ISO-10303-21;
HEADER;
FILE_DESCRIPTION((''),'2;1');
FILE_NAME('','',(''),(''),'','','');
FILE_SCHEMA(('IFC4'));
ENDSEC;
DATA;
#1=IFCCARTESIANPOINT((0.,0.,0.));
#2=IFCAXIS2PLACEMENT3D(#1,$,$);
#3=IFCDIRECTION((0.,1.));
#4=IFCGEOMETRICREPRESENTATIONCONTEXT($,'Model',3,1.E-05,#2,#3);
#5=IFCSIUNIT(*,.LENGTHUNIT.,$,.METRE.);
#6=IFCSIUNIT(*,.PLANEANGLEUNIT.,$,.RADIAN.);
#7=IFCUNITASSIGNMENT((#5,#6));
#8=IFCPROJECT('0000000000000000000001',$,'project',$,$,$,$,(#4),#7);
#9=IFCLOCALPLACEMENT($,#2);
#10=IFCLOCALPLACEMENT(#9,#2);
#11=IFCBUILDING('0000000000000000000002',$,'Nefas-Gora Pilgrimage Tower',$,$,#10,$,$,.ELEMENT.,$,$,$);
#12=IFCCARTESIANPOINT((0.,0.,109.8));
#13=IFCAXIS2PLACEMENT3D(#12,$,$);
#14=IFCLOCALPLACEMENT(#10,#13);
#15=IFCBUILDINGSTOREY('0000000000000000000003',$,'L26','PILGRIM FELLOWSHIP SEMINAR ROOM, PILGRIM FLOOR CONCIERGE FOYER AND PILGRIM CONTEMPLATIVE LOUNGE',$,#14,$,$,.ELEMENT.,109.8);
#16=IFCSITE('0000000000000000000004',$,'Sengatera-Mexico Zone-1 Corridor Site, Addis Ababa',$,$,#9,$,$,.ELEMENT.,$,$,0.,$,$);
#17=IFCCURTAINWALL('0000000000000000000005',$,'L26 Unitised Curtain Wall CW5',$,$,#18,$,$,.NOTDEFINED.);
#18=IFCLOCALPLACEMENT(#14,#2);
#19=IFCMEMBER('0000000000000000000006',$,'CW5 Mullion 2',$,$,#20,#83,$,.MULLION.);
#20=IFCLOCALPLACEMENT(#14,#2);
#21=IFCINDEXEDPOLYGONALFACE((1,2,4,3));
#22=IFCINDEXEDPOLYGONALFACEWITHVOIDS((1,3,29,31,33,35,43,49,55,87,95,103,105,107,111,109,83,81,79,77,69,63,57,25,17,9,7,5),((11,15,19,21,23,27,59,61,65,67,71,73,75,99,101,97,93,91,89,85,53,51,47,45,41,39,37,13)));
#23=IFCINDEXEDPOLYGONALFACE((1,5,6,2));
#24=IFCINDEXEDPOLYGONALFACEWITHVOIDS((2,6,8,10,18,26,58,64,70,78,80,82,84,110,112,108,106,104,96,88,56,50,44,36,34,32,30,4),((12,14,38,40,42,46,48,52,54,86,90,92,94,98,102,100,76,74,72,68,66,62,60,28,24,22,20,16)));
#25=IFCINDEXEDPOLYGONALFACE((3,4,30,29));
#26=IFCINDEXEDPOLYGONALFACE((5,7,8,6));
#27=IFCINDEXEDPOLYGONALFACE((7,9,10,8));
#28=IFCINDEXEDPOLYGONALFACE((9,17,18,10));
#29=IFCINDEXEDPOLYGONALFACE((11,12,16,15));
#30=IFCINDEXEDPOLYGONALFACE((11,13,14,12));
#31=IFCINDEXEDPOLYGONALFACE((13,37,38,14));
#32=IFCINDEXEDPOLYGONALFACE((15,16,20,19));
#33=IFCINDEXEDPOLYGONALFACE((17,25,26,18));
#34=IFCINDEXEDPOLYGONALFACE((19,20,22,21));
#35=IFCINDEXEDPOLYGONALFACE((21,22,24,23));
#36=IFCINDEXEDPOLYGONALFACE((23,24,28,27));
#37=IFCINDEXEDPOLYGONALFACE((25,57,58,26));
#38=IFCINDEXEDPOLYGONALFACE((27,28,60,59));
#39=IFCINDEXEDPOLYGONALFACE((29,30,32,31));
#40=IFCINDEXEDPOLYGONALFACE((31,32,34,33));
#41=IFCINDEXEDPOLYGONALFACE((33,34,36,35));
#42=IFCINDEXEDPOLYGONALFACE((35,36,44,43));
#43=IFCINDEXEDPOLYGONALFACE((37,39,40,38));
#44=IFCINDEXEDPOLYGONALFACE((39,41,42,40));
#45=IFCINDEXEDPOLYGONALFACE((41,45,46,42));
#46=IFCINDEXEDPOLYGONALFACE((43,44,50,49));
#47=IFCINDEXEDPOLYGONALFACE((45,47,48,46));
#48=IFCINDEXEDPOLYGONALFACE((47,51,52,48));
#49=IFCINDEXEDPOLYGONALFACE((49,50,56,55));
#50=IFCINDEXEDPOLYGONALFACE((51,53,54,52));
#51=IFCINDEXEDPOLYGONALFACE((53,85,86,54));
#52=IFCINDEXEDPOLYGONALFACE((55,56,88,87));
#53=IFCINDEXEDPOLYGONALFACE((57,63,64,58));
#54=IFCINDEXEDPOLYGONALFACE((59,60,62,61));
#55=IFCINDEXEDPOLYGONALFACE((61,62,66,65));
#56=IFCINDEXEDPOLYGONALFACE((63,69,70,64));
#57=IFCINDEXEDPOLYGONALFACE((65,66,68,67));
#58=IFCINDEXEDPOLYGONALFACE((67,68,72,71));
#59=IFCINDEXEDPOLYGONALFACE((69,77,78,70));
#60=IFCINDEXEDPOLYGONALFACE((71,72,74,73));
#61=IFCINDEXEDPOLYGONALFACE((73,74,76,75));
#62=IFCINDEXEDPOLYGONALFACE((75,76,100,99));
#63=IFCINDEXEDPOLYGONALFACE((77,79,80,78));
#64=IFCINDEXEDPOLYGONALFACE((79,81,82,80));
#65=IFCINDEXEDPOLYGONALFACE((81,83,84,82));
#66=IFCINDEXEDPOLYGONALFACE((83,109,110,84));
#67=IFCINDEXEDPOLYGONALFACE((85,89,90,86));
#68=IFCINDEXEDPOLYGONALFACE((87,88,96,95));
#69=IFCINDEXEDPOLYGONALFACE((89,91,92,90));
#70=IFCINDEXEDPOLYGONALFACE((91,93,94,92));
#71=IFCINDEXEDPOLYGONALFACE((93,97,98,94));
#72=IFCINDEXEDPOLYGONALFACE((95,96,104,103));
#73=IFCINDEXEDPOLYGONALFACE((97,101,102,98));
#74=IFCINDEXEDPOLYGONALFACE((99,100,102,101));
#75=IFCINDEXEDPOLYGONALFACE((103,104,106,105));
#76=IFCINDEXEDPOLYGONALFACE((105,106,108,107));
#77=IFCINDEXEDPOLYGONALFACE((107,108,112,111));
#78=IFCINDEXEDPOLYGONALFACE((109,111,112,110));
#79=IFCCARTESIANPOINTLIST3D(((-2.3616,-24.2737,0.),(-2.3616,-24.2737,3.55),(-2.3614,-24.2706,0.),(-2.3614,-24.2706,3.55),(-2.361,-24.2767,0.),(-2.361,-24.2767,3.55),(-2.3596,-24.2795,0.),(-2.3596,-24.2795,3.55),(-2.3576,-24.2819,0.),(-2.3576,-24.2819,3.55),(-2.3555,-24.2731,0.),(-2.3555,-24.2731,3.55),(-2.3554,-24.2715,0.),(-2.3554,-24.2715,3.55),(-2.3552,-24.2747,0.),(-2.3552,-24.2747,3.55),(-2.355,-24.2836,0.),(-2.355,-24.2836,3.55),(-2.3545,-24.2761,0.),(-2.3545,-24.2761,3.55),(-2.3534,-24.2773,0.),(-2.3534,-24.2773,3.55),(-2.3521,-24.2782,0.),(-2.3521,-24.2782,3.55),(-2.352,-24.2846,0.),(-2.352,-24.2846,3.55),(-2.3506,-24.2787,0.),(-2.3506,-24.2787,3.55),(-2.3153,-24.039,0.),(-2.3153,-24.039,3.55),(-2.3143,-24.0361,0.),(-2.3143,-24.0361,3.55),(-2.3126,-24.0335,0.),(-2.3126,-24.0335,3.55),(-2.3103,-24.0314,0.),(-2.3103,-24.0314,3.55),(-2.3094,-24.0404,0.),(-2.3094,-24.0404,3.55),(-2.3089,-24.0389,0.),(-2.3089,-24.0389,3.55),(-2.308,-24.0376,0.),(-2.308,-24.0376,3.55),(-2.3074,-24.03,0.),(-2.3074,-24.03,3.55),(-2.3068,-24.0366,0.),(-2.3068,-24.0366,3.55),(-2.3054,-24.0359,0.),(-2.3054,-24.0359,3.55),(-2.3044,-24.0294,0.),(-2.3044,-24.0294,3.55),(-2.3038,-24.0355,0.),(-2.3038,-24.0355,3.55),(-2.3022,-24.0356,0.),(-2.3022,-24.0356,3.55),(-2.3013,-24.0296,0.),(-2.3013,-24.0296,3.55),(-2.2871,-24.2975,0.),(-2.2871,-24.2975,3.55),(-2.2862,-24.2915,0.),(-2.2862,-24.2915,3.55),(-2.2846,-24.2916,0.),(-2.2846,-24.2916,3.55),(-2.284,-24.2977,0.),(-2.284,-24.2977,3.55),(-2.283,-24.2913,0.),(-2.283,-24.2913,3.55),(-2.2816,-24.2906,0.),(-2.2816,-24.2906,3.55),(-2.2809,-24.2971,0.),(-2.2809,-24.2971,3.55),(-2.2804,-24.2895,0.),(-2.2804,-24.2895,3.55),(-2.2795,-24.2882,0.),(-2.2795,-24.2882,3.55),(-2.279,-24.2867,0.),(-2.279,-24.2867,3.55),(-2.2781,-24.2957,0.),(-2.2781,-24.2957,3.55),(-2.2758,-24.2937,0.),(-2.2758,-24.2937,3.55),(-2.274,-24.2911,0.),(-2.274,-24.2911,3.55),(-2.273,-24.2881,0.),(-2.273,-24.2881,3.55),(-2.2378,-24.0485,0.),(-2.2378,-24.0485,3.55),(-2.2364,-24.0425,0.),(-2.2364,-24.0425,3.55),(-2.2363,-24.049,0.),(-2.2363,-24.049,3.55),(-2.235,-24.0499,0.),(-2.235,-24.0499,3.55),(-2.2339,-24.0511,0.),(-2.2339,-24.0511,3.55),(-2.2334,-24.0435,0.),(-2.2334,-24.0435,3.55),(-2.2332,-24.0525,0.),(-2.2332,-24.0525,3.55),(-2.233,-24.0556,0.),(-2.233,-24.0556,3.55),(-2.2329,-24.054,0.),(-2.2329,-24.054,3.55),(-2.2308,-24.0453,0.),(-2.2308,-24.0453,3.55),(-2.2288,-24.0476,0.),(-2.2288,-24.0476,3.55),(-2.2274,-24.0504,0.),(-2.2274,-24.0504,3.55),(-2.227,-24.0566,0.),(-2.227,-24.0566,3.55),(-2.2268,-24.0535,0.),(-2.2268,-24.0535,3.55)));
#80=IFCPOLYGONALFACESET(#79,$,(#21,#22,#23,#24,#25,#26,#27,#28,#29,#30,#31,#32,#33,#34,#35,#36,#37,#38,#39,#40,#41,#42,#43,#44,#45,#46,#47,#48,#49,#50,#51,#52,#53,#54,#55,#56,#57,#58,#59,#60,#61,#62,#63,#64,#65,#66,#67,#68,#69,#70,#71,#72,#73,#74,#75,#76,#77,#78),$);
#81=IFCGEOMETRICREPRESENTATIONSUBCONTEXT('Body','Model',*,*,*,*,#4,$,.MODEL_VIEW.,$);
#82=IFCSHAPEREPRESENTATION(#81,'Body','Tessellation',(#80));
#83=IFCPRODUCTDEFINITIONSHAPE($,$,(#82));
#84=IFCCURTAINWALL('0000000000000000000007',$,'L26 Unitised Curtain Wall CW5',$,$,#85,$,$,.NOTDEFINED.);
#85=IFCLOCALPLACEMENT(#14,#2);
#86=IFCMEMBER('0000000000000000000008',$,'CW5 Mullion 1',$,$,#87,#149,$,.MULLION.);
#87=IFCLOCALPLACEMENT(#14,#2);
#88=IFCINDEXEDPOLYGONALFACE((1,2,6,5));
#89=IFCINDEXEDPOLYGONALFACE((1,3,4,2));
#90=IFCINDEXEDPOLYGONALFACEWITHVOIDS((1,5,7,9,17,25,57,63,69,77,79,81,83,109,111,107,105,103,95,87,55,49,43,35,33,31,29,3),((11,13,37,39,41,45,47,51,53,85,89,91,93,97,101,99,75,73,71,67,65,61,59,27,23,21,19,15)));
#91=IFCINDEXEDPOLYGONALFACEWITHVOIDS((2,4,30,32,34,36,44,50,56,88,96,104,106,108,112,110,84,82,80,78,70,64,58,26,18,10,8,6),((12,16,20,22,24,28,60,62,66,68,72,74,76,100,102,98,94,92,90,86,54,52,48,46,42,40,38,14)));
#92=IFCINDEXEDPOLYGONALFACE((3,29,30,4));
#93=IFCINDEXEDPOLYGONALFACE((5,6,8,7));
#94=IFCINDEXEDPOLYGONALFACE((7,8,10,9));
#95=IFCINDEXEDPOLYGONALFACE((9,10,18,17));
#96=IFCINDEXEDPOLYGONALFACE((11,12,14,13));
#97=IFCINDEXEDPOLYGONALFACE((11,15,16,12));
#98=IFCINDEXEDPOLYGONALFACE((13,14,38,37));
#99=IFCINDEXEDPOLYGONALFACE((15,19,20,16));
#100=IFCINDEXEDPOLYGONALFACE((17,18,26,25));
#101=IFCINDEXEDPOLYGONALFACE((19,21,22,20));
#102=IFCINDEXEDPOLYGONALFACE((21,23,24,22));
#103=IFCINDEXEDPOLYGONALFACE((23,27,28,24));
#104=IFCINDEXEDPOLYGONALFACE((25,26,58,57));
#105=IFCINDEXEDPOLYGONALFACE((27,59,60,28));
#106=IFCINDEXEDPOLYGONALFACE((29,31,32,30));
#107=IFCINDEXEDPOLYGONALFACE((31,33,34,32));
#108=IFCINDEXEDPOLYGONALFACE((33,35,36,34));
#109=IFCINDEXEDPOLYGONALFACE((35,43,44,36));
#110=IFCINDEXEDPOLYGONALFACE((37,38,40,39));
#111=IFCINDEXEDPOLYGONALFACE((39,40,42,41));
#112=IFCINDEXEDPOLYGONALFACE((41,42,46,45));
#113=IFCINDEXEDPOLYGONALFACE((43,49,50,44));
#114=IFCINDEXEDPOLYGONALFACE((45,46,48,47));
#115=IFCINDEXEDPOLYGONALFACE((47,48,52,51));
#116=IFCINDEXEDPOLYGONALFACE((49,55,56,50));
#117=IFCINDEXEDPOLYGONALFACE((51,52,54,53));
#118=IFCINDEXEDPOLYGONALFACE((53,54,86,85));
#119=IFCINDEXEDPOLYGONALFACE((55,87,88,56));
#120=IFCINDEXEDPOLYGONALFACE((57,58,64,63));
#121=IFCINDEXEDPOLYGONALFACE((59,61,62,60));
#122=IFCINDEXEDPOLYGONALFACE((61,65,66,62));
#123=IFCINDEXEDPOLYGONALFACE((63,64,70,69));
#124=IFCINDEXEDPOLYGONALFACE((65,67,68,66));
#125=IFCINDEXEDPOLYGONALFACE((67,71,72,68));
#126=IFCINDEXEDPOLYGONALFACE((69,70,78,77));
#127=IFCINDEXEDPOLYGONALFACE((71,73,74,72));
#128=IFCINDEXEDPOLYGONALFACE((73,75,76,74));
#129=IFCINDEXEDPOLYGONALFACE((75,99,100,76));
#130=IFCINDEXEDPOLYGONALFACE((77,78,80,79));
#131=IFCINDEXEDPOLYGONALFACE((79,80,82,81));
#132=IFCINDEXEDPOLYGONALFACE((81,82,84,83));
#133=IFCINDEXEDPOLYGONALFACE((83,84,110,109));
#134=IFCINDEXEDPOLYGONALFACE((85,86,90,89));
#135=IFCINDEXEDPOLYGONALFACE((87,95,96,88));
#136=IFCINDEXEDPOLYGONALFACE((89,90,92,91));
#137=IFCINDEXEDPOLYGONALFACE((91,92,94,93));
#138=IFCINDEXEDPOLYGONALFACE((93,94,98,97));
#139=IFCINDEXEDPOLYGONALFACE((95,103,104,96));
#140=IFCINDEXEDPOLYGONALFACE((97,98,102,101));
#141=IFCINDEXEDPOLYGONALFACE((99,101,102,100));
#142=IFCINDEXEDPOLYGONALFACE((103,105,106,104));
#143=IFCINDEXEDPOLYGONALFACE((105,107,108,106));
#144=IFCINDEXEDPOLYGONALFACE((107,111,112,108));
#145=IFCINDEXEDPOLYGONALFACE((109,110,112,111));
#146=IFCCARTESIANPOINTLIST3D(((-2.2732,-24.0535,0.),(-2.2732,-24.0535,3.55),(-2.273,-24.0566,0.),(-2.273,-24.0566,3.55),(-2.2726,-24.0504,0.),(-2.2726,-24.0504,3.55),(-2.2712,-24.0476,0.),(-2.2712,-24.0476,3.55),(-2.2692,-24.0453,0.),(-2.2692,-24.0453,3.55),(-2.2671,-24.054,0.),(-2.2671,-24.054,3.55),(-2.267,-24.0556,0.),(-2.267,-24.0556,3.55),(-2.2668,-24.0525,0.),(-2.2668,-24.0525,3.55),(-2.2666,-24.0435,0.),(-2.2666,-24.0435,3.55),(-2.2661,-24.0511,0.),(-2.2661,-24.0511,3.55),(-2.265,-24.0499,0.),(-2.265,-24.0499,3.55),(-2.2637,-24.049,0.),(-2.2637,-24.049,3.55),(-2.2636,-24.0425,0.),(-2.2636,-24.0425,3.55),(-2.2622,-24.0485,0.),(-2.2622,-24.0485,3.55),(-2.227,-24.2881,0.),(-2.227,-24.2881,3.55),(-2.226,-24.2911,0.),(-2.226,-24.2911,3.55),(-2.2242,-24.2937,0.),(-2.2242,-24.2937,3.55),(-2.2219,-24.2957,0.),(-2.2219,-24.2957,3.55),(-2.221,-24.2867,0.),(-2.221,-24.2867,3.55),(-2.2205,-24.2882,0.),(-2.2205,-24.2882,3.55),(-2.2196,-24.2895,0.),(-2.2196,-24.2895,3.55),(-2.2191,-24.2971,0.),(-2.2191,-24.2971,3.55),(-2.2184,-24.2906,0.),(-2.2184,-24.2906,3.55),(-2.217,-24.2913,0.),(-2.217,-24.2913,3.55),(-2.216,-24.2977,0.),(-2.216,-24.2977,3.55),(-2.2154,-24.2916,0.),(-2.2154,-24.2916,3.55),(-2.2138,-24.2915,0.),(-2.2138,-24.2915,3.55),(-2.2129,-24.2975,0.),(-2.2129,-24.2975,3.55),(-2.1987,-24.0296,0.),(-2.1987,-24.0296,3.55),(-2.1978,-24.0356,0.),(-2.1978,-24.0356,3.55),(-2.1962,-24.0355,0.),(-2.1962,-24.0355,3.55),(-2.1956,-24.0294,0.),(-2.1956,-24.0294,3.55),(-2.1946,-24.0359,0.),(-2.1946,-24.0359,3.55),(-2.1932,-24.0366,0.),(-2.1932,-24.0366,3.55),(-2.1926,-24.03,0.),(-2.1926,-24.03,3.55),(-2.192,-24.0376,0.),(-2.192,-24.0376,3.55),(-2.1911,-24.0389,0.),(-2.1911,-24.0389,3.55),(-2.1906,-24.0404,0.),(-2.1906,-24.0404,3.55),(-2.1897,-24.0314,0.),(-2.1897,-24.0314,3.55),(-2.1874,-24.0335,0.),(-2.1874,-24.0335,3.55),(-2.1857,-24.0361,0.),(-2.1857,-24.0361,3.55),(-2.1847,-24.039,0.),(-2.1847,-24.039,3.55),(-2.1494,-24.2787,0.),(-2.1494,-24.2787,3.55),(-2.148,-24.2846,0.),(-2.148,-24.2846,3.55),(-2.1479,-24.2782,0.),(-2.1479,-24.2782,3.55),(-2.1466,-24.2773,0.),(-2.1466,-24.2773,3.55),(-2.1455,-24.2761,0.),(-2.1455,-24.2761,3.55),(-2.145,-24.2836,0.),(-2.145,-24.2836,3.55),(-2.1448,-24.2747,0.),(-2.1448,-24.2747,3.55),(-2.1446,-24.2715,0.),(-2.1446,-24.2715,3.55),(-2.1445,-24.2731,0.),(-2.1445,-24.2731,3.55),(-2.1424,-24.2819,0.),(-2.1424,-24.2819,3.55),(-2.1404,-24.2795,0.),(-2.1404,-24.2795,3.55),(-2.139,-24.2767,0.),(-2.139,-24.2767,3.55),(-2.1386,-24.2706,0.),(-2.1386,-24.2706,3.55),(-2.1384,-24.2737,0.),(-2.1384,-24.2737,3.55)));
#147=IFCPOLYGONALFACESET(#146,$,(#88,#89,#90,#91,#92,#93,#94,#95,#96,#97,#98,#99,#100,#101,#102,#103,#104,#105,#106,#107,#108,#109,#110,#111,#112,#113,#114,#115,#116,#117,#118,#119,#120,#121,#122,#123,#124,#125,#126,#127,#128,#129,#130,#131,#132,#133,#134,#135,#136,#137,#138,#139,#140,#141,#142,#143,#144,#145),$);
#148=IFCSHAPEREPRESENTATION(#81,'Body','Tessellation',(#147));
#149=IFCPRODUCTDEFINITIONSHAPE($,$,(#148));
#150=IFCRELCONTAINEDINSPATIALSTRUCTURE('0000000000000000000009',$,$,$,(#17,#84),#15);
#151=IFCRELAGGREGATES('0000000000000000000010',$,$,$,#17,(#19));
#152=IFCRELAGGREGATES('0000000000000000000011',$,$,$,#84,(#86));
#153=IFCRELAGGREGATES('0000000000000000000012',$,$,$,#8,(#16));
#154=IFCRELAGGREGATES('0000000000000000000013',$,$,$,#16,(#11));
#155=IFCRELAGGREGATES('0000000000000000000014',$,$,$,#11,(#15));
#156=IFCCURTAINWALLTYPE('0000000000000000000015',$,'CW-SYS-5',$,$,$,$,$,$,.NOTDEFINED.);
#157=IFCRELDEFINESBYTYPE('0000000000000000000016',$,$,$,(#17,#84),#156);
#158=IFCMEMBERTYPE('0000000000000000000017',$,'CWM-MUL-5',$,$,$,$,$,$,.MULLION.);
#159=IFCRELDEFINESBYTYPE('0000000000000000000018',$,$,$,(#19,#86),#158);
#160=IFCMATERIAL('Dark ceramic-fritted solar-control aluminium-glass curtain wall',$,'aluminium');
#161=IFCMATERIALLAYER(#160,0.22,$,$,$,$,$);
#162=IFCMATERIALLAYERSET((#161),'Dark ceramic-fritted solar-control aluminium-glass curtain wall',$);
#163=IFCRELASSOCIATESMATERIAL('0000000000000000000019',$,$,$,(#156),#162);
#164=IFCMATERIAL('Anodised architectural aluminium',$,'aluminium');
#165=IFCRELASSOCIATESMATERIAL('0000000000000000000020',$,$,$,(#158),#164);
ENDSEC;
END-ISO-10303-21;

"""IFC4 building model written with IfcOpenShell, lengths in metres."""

from ifc_helpers import new_model, si_unit, direction, frame, origin, origin_2d, place, context, subcontext, project, spatial, hollow_rectangle, extrude, source, transform, mapped, material, layer, layer_set, material_profile, profile_set, type_object, element, aggregate, save


model = new_model("IFC4")

# Units and contexts
model_context = context("Model", 3, precision=1e-05, world=origin(), true_north=direction((0.0, 1.0)))
body_context = subcontext(model_context, "Body", "Model", "MODEL_VIEW")
ifc_project = project(units=[si_unit("LENGTHUNIT", "METRE"), si_unit("PLANEANGLEUNIT", "RADIAN")], contexts=[model_context])

# Site, building, storey
site_placement = place(None, origin())
site = spatial("IfcSite", under=ifc_project, at=site_placement, Name="Sengatera-Mexico Zone-1 Corridor Site, Addis Ababa", CompositionType="ELEMENT", RefElevation=0.0)
building_placement = place(site_placement, origin())
building = spatial("IfcBuilding", under=site, at=building_placement, Name="Nefas-Gora Pilgrimage Tower", CompositionType="ELEMENT")
storey_placement = place(building_placement, frame((0.0, 0.0, 109.8)))
storey = spatial("IfcBuildingStorey", under=building, at=storey_placement, Name="L26", Description="PILGRIM FELLOWSHIP SEMINAR ROOM, PILGRIM FLOOR CONCIERGE FOYER AND PILGRIM CONTEMPLATIVE LOUNGE", CompositionType="ELEMENT", Elevation=109.8)

# Shared definitions
ifc_material_1 = material(Name="Dark ceramic-fritted solar-control aluminium-glass curtain wall", Category="aluminium")
ifc_layer_1 = layer(ifc_material_1, 0.22)
ifc_layer_set_1 = layer_set([ifc_layer_1], Name="Dark ceramic-fritted solar-control aluminium-glass curtain wall")
curtain_wall_type = type_object("IfcCurtainWallType", Name="CW-SYS-5", PredefinedType="NOTDEFINED", material=ifc_layer_set_1)
ifc_material_2 = material(Name="Anodised architectural aluminium", Category="aluminium")
ifc_material_profile_1 = material_profile(ifc_material_2, hollow_rectangle(XDim=0.0901, YDim=0.26, WallThickness=0.0061, InnerFilletRadius=0.0061, OuterFilletRadius=0.012, at=origin_2d()), Name="ALU MULLION 90x260")
ifc_profile_set_1 = profile_set([ifc_material_profile_1], Name="Anodised architectural aluminium")
member_type_1 = type_object("IfcMemberType", Name="CWM-MUL-5", PredefinedType="MULLION", material=ifc_profile_set_1)
shared_shape_1 = source(origin(), body_context, "Body", "SweptSolid", [
    extrude(hollow_rectangle(XDim=0.0901, YDim=0.26, WallThickness=0.0061, InnerFilletRadius=0.0061, OuterFilletRadius=0.012, at=origin_2d()), origin(), (0.0, 0.0, 1.0), 3.55),
])

# Curtain wall, member
curtain_wall_1_placement = place(storey_placement, origin())
curtain_wall_1 = element("IfcCurtainWall", 1, at=curtain_wall_1_placement, inside=storey, type_object=curtain_wall_type, Name="L26 Unitised Curtain Wall CW5", PredefinedType="NOTDEFINED")
member_1_placement = place(storey_placement, frame((-2.2942, -24.1636, 0.0), z_axis=(0.0, 0.0, 1.0), x_axis=(0.980783, -0.195102, 0.0)))
member_1 = element("IfcMember", 2, at=member_1_placement, type_object=member_type_1, Name="CW5 Mullion 2", PredefinedType="MULLION", context=body_context, shape_type="MappedRepresentation", body=[
    mapped(shared_shape_1, transform((0.0, 0.0, 0.0), x_axis=(1.0, 0.0, 0.0), y_axis=(0.0, 1.0, 0.0), z_axis=(0.0, 0.0, 1.0), scale=1.0)),
])

# Curtain wall, member
curtain_wall_2_placement = place(storey_placement, origin())
curtain_wall_2 = element("IfcCurtainWall", 3, at=curtain_wall_2_placement, inside=storey, type_object=curtain_wall_type, Name="L26 Unitised Curtain Wall CW5", PredefinedType="NOTDEFINED")
member_2_placement = place(storey_placement, frame((-2.2058, -24.1636, 0.0), z_axis=(0.0, 0.0, 1.0), x_axis=(0.980783, 0.195102, 0.0)))
member_2 = element("IfcMember", 4, at=member_2_placement, type_object=member_type_1, Name="CW5 Mullion 1", PredefinedType="MULLION", context=body_context, shape_type="MappedRepresentation", body=[
    mapped(shared_shape_1, transform((0.0, 0.0, 0.0), x_axis=(1.0, 0.0, 0.0), y_axis=(0.0, 1.0, 0.0), z_axis=(0.0, 0.0, 1.0), scale=1.0)),
])

aggregate(curtain_wall_1, [member_1])
aggregate(curtain_wall_2, [member_2])

save(model, "model.ifc")
